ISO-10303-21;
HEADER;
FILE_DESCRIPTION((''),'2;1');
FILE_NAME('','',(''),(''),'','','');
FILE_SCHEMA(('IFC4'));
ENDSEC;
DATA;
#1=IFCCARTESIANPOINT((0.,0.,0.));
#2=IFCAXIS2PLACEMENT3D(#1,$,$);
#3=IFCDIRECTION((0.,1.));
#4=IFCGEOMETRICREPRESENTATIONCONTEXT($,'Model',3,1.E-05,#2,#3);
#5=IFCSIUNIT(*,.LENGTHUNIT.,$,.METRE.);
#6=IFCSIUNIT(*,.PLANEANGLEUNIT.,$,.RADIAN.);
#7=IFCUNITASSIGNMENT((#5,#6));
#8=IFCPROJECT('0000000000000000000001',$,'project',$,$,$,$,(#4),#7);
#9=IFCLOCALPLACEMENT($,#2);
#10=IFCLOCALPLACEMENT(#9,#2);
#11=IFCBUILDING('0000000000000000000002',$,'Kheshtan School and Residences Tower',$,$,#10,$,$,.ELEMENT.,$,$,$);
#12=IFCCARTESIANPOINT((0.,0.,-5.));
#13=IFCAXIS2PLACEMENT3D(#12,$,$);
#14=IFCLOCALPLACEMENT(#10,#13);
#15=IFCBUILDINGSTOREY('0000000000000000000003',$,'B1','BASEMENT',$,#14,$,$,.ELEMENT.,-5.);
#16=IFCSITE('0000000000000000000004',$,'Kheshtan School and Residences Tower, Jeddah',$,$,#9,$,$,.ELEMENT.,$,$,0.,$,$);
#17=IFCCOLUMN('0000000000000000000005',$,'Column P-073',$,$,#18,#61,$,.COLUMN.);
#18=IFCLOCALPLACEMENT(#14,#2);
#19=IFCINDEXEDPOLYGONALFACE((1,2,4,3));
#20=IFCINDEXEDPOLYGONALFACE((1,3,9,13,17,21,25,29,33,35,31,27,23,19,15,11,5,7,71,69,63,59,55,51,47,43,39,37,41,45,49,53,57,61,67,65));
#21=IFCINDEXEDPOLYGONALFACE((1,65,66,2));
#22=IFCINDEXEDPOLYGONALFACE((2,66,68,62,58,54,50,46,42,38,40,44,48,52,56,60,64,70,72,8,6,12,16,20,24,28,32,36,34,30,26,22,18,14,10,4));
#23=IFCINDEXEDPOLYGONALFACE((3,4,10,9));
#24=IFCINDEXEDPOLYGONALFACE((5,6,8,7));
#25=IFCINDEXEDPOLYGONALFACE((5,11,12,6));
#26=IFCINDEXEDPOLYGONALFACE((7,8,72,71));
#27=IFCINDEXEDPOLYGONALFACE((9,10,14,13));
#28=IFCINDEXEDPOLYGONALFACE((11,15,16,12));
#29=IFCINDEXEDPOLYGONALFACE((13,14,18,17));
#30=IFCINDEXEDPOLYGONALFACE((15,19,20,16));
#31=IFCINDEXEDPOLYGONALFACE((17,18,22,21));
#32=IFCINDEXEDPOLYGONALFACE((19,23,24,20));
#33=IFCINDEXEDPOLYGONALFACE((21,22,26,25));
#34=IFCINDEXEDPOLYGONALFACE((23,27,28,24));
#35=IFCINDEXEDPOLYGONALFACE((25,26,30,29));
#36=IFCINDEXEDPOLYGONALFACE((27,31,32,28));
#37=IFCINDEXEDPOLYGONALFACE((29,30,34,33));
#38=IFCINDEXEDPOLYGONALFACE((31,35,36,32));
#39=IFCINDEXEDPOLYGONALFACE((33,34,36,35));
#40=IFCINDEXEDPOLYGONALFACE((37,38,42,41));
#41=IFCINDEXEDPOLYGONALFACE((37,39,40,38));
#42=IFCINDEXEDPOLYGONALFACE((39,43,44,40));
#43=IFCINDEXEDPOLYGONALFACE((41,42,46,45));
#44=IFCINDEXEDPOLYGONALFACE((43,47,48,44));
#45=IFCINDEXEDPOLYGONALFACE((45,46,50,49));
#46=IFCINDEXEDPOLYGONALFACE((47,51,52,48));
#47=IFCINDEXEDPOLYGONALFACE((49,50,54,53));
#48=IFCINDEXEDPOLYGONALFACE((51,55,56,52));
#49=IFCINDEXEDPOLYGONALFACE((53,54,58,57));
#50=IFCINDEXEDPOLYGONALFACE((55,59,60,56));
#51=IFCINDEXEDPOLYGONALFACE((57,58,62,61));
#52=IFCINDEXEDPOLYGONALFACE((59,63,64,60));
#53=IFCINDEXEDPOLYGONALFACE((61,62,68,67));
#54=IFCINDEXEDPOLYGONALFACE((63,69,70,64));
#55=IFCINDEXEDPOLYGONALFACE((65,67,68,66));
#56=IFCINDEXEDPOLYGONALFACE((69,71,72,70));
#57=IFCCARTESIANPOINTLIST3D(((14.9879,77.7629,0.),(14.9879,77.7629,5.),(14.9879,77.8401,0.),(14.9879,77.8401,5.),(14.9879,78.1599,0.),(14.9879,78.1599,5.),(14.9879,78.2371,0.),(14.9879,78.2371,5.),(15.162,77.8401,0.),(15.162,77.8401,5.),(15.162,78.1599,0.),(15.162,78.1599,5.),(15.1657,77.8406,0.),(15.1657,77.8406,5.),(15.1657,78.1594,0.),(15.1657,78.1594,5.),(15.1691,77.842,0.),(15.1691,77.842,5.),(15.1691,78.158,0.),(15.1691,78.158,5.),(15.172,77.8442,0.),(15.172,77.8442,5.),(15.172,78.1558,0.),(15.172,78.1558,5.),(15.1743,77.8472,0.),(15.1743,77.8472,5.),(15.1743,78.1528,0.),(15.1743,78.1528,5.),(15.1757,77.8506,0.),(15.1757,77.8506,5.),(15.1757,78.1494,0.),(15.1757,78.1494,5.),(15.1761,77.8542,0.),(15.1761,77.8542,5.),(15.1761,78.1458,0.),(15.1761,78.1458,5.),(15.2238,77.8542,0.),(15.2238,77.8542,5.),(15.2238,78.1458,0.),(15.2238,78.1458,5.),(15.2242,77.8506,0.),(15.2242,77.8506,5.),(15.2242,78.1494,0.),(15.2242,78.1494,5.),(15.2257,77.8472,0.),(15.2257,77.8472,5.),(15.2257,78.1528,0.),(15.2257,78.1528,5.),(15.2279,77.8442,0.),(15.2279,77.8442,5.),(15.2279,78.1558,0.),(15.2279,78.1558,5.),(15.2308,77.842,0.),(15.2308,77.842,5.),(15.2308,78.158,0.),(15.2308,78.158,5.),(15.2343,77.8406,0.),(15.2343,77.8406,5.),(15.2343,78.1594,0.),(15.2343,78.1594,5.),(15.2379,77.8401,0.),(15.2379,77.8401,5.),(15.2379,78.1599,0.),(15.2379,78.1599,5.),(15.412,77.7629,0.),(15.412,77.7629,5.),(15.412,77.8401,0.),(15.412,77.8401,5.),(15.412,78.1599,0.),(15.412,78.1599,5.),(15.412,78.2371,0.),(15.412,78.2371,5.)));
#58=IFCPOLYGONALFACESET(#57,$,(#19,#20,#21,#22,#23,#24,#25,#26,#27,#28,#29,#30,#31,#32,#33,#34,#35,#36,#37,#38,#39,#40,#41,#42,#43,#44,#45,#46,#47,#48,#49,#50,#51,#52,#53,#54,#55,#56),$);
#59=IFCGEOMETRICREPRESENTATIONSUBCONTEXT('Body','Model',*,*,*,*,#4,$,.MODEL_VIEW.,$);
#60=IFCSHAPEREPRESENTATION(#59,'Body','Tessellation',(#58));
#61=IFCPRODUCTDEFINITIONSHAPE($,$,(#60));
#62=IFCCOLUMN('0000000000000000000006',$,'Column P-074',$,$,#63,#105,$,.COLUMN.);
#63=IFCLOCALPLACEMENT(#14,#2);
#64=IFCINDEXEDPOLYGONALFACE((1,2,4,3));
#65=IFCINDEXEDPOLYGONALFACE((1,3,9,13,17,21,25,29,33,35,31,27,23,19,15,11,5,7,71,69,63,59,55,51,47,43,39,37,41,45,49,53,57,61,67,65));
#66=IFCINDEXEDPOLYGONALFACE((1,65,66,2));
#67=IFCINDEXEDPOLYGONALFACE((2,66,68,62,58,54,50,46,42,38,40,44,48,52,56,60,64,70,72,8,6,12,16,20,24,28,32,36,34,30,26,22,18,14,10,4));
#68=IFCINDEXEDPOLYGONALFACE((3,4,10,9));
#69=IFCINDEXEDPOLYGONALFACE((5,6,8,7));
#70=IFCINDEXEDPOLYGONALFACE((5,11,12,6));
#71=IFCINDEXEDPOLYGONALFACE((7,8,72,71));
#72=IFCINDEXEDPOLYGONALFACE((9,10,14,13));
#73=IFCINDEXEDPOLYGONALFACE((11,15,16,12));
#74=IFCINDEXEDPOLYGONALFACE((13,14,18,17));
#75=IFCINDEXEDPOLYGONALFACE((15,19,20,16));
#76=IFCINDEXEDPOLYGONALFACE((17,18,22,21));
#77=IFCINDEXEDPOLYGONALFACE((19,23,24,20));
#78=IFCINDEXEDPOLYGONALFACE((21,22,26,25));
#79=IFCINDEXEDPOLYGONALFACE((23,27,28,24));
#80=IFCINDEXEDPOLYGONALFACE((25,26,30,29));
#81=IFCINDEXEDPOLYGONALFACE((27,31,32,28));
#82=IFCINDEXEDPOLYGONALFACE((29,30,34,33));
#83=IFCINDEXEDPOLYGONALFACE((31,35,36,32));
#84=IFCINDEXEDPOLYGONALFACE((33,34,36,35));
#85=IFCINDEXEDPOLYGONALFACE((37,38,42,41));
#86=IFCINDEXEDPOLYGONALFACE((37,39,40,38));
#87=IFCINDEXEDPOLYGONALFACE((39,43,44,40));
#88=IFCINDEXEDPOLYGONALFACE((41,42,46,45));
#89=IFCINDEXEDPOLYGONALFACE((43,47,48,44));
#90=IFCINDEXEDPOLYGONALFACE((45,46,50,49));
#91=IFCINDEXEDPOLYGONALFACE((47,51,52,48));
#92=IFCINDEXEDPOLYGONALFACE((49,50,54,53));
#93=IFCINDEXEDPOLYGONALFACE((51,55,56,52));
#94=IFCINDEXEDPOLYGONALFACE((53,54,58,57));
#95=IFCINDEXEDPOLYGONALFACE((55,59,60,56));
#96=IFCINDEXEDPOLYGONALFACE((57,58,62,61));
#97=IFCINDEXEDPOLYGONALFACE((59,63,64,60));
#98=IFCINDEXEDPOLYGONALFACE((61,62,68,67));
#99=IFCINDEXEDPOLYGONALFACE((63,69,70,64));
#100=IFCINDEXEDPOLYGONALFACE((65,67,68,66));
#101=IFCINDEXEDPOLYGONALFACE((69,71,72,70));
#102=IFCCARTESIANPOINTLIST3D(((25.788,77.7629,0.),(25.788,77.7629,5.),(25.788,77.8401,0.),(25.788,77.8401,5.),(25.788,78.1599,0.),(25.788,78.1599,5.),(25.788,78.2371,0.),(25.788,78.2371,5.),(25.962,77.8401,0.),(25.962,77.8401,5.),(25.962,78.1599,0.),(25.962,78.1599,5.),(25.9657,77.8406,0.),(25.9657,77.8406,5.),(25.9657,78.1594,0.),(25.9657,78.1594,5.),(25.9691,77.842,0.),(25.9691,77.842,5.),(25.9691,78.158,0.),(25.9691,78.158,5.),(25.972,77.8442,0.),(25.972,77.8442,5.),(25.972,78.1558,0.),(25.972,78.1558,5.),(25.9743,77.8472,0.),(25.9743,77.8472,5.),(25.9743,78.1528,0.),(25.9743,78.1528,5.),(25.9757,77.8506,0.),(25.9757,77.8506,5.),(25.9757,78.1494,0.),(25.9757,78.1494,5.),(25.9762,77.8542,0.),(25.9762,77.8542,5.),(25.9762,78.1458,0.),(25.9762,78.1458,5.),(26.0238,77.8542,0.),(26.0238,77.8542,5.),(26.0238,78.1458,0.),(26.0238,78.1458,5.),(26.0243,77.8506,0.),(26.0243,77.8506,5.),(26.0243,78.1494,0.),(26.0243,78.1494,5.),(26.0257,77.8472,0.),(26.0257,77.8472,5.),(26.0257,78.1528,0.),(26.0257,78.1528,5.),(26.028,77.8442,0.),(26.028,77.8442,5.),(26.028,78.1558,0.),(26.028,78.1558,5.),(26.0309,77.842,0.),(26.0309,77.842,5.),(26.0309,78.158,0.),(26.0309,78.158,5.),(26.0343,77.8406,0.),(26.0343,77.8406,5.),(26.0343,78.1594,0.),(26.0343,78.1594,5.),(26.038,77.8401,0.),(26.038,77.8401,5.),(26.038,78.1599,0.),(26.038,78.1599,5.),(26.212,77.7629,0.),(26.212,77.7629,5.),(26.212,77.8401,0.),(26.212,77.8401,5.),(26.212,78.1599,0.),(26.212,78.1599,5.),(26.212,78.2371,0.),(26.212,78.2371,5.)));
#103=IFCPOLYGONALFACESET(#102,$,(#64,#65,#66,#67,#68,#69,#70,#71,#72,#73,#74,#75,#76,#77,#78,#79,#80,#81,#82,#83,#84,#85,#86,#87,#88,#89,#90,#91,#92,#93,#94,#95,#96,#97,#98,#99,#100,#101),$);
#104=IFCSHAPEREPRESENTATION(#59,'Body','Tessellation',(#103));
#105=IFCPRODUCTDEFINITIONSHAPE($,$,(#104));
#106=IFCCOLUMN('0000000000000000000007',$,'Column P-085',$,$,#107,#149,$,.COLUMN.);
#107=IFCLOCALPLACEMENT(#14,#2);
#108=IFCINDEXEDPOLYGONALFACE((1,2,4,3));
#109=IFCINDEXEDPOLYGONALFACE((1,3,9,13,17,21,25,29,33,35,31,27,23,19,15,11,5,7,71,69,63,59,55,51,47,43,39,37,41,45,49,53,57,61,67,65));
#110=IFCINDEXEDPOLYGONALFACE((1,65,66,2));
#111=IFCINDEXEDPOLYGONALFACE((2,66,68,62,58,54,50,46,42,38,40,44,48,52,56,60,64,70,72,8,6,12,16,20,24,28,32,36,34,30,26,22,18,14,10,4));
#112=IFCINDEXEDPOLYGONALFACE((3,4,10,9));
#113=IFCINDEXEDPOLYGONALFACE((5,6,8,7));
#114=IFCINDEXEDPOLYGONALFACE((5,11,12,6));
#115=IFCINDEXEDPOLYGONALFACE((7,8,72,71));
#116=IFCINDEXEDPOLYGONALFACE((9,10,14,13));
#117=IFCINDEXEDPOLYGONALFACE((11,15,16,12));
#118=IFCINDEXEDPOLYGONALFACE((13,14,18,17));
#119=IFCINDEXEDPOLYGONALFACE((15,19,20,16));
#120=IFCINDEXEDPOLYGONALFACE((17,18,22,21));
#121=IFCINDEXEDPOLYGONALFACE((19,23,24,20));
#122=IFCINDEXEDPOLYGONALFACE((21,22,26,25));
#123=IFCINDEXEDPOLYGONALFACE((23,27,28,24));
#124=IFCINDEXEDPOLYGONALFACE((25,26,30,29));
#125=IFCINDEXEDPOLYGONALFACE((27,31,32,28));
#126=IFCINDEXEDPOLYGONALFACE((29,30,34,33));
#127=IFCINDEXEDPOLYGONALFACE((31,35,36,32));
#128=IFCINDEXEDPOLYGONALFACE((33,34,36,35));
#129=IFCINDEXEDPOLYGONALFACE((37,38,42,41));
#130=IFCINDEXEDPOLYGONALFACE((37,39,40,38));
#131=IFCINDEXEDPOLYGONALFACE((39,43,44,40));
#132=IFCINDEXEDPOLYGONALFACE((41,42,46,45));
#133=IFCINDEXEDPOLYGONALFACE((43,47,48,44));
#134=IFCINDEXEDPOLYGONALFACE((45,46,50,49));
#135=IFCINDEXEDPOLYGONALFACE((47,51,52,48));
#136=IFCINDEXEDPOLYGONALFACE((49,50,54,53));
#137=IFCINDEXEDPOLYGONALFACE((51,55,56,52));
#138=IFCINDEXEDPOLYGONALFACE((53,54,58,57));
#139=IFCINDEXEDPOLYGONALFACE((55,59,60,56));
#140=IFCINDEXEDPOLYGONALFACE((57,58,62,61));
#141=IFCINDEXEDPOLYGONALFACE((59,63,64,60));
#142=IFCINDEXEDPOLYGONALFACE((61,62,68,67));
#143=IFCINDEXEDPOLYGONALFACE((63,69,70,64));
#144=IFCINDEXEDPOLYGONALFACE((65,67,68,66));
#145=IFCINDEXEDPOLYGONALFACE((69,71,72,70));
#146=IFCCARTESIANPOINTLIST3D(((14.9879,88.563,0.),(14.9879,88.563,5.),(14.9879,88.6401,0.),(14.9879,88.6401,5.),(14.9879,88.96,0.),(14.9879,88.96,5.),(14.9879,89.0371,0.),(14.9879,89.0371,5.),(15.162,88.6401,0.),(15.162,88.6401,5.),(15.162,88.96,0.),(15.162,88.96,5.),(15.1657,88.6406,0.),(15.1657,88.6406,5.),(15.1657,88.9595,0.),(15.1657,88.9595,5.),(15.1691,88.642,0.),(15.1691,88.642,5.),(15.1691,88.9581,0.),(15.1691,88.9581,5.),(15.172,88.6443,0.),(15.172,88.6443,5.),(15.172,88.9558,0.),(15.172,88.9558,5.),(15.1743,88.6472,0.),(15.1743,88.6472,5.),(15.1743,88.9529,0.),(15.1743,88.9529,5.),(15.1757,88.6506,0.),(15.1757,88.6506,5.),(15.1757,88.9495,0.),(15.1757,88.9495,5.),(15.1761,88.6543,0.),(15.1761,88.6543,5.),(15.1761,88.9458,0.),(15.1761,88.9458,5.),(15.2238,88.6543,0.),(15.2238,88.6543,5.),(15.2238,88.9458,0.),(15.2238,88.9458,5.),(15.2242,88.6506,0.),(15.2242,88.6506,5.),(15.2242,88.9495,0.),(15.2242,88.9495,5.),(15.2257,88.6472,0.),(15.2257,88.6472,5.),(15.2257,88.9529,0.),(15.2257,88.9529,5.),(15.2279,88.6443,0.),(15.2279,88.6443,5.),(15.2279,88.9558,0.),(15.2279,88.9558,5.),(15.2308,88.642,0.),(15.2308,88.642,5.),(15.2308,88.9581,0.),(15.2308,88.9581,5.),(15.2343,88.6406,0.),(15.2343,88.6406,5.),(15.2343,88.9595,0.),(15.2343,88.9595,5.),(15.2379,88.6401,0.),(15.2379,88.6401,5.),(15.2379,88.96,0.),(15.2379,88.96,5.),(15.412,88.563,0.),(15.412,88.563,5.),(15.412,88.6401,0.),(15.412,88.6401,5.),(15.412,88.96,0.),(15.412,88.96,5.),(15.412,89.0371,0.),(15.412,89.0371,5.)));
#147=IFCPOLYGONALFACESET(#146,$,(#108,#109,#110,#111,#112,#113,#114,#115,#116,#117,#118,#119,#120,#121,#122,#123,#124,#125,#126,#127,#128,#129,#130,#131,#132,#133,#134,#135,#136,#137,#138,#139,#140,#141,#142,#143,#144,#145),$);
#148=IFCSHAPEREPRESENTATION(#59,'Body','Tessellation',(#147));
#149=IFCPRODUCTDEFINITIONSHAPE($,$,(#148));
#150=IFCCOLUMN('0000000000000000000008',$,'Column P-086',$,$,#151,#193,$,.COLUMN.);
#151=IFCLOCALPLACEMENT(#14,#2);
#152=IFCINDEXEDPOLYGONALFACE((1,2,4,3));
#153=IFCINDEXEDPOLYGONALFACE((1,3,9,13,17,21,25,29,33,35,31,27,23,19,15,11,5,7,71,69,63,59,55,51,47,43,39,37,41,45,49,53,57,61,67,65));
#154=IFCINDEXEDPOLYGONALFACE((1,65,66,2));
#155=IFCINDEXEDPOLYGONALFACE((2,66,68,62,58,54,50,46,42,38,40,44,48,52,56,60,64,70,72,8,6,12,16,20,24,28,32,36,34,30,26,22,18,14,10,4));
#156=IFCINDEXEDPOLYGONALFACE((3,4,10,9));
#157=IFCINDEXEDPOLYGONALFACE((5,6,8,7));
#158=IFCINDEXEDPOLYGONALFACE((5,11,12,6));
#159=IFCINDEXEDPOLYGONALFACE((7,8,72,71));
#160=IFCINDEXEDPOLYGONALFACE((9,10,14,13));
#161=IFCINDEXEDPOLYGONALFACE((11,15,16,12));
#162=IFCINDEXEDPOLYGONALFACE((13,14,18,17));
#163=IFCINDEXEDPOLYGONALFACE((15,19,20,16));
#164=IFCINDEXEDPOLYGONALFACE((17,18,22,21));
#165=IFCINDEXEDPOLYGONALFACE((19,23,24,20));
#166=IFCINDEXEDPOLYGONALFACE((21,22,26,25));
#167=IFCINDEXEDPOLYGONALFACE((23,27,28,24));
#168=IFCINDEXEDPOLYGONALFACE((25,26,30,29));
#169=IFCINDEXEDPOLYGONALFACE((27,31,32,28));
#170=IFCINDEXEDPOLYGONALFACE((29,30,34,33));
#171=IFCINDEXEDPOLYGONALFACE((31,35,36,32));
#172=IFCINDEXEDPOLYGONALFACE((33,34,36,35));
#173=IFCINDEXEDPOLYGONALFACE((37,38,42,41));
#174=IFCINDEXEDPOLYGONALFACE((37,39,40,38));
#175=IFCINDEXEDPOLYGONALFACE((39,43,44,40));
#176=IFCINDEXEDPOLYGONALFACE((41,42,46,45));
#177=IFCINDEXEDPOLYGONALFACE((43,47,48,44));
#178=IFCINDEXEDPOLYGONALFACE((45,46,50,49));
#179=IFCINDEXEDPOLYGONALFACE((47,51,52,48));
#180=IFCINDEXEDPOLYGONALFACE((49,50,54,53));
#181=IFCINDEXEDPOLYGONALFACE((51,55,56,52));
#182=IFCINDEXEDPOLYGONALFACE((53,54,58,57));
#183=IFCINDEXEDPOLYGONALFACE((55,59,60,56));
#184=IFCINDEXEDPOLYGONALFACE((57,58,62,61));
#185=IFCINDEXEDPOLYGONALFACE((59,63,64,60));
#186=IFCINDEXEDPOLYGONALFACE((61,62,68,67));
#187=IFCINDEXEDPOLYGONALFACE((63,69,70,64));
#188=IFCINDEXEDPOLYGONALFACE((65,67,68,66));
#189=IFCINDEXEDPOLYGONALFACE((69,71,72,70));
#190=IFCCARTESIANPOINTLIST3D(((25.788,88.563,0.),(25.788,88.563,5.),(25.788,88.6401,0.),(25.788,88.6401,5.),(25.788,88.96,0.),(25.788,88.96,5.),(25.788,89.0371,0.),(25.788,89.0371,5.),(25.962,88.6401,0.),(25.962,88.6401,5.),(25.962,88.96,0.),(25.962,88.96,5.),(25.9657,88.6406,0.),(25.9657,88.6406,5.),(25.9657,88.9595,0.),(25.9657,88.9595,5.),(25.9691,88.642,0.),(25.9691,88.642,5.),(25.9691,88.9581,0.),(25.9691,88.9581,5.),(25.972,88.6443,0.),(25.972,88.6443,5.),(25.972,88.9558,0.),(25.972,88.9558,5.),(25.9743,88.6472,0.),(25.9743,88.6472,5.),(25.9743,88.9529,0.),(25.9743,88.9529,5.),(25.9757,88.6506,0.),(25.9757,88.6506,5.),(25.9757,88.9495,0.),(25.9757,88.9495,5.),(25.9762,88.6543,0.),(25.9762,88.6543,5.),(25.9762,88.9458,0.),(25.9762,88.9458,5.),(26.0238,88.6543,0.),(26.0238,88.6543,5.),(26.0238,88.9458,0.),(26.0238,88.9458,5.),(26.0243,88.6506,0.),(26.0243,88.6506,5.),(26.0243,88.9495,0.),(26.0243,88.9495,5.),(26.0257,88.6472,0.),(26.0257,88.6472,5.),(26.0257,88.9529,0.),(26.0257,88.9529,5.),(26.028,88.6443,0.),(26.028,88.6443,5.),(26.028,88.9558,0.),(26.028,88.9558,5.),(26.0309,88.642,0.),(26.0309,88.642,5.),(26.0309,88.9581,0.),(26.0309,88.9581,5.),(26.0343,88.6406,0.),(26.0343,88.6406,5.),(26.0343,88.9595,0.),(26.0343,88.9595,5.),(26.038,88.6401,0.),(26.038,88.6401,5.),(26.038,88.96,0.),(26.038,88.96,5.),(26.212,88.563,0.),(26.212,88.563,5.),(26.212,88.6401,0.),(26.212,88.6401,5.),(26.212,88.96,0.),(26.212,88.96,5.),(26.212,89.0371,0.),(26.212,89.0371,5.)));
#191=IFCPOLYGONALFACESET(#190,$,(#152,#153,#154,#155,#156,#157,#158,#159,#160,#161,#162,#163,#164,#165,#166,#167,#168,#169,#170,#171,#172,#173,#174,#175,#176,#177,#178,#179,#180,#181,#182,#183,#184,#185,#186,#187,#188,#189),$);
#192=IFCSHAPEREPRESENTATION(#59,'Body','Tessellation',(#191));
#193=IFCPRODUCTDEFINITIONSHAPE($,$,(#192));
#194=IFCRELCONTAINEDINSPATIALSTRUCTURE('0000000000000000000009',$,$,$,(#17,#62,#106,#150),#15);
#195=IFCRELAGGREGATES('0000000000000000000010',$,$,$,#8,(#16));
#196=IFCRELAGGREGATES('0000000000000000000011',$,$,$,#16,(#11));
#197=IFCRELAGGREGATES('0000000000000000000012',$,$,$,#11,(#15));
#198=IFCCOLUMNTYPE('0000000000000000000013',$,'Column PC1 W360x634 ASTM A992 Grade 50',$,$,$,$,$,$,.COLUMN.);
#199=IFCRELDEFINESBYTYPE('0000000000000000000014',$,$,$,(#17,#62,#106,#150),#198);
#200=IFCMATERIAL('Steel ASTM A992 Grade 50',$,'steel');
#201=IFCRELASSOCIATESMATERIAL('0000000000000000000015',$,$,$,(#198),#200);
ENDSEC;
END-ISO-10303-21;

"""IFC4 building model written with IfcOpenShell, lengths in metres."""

from ifc_helpers import new_model, si_unit, direction, frame, origin, origin_2d, place, context, subcontext, project, spatial, i_section, extrude, material, material_profile, profile_set, type_object, element, save


model = new_model("IFC4")

# Units and contexts
model_context = context("Model", 3, precision=1e-05, world=origin(), true_north=direction((0.0, 1.0)))
body_context = subcontext(model_context, "Body", "Model", "MODEL_VIEW")
ifc_project = project(units=[si_unit("LENGTHUNIT", "METRE"), si_unit("PLANEANGLEUNIT", "RADIAN")], contexts=[model_context])

# Site, building, storey
site_placement = place(None, origin())
site = spatial("IfcSite", under=ifc_project, at=site_placement, Name="Kheshtan School and Residences Tower, Jeddah", CompositionType="ELEMENT", RefElevation=0.0)
building_placement = place(site_placement, origin())
building = spatial("IfcBuilding", under=site, at=building_placement, Name="Kheshtan School and Residences Tower", CompositionType="ELEMENT")
storey_placement = place(building_placement, frame((0.0, 0.0, -5.0)))
storey = spatial("IfcBuildingStorey", under=building, at=storey_placement, Name="B1", Description="BASEMENT", CompositionType="ELEMENT", Elevation=-5.0)

# Columns
ifc_material_1 = material(Name="Steel ASTM A992 Grade 50", Category="steel")
ifc_material_profile = material_profile(ifc_material_1, i_section(OverallWidth=0.4241, OverallDepth=0.4741, WebThickness=0.0476, FlangeThickness=0.0771, FilletRadius=0.0142, at=origin_2d()), Name="W360x634")
ifc_profile_set = profile_set([ifc_material_profile], Name="Steel ASTM A992 Grade 50")
column_type = type_object("IfcColumnType", Name="Column PC1 W360x634 ASTM A992 Grade 50", PredefinedType="COLUMN", material=ifc_profile_set)
for number, where, z_axis, x_axis, name in (
    (1, (15.2, 78.0, 0.0), (0.0, 0.0, 1.0), (1.0, 0.0, 0.0), "Column P-073"),
    (2, (26.0, 78.0, 0.0), (0.0, 0.0, 1.0), (1.0, 0.0, 0.0), "Column P-074"),
    (3, (15.2, 88.8, 0.0), (0.0, 0.0, 1.0), (1.0, 0.0, 0.0), "Column P-085"),
    (4, (26.0, 88.8, 0.0), (0.0, 0.0, 1.0), (1.0, 0.0, 0.0), "Column P-086"),
):
    element("IfcColumn", number, at=place(storey_placement, frame(where, z_axis=z_axis, x_axis=x_axis)), inside=storey, type_object=column_type, Name=name, PredefinedType="COLUMN", context=body_context, shape_type="SweptSolid", body=[
        extrude(i_section(OverallWidth=0.4241, OverallDepth=0.4741, WebThickness=0.0476, FlangeThickness=0.0771, FilletRadius=0.0142, at=origin_2d()), origin(), (0.0, 0.0, 1.0), 5.0),
    ])

save(model, "model.ifc")
